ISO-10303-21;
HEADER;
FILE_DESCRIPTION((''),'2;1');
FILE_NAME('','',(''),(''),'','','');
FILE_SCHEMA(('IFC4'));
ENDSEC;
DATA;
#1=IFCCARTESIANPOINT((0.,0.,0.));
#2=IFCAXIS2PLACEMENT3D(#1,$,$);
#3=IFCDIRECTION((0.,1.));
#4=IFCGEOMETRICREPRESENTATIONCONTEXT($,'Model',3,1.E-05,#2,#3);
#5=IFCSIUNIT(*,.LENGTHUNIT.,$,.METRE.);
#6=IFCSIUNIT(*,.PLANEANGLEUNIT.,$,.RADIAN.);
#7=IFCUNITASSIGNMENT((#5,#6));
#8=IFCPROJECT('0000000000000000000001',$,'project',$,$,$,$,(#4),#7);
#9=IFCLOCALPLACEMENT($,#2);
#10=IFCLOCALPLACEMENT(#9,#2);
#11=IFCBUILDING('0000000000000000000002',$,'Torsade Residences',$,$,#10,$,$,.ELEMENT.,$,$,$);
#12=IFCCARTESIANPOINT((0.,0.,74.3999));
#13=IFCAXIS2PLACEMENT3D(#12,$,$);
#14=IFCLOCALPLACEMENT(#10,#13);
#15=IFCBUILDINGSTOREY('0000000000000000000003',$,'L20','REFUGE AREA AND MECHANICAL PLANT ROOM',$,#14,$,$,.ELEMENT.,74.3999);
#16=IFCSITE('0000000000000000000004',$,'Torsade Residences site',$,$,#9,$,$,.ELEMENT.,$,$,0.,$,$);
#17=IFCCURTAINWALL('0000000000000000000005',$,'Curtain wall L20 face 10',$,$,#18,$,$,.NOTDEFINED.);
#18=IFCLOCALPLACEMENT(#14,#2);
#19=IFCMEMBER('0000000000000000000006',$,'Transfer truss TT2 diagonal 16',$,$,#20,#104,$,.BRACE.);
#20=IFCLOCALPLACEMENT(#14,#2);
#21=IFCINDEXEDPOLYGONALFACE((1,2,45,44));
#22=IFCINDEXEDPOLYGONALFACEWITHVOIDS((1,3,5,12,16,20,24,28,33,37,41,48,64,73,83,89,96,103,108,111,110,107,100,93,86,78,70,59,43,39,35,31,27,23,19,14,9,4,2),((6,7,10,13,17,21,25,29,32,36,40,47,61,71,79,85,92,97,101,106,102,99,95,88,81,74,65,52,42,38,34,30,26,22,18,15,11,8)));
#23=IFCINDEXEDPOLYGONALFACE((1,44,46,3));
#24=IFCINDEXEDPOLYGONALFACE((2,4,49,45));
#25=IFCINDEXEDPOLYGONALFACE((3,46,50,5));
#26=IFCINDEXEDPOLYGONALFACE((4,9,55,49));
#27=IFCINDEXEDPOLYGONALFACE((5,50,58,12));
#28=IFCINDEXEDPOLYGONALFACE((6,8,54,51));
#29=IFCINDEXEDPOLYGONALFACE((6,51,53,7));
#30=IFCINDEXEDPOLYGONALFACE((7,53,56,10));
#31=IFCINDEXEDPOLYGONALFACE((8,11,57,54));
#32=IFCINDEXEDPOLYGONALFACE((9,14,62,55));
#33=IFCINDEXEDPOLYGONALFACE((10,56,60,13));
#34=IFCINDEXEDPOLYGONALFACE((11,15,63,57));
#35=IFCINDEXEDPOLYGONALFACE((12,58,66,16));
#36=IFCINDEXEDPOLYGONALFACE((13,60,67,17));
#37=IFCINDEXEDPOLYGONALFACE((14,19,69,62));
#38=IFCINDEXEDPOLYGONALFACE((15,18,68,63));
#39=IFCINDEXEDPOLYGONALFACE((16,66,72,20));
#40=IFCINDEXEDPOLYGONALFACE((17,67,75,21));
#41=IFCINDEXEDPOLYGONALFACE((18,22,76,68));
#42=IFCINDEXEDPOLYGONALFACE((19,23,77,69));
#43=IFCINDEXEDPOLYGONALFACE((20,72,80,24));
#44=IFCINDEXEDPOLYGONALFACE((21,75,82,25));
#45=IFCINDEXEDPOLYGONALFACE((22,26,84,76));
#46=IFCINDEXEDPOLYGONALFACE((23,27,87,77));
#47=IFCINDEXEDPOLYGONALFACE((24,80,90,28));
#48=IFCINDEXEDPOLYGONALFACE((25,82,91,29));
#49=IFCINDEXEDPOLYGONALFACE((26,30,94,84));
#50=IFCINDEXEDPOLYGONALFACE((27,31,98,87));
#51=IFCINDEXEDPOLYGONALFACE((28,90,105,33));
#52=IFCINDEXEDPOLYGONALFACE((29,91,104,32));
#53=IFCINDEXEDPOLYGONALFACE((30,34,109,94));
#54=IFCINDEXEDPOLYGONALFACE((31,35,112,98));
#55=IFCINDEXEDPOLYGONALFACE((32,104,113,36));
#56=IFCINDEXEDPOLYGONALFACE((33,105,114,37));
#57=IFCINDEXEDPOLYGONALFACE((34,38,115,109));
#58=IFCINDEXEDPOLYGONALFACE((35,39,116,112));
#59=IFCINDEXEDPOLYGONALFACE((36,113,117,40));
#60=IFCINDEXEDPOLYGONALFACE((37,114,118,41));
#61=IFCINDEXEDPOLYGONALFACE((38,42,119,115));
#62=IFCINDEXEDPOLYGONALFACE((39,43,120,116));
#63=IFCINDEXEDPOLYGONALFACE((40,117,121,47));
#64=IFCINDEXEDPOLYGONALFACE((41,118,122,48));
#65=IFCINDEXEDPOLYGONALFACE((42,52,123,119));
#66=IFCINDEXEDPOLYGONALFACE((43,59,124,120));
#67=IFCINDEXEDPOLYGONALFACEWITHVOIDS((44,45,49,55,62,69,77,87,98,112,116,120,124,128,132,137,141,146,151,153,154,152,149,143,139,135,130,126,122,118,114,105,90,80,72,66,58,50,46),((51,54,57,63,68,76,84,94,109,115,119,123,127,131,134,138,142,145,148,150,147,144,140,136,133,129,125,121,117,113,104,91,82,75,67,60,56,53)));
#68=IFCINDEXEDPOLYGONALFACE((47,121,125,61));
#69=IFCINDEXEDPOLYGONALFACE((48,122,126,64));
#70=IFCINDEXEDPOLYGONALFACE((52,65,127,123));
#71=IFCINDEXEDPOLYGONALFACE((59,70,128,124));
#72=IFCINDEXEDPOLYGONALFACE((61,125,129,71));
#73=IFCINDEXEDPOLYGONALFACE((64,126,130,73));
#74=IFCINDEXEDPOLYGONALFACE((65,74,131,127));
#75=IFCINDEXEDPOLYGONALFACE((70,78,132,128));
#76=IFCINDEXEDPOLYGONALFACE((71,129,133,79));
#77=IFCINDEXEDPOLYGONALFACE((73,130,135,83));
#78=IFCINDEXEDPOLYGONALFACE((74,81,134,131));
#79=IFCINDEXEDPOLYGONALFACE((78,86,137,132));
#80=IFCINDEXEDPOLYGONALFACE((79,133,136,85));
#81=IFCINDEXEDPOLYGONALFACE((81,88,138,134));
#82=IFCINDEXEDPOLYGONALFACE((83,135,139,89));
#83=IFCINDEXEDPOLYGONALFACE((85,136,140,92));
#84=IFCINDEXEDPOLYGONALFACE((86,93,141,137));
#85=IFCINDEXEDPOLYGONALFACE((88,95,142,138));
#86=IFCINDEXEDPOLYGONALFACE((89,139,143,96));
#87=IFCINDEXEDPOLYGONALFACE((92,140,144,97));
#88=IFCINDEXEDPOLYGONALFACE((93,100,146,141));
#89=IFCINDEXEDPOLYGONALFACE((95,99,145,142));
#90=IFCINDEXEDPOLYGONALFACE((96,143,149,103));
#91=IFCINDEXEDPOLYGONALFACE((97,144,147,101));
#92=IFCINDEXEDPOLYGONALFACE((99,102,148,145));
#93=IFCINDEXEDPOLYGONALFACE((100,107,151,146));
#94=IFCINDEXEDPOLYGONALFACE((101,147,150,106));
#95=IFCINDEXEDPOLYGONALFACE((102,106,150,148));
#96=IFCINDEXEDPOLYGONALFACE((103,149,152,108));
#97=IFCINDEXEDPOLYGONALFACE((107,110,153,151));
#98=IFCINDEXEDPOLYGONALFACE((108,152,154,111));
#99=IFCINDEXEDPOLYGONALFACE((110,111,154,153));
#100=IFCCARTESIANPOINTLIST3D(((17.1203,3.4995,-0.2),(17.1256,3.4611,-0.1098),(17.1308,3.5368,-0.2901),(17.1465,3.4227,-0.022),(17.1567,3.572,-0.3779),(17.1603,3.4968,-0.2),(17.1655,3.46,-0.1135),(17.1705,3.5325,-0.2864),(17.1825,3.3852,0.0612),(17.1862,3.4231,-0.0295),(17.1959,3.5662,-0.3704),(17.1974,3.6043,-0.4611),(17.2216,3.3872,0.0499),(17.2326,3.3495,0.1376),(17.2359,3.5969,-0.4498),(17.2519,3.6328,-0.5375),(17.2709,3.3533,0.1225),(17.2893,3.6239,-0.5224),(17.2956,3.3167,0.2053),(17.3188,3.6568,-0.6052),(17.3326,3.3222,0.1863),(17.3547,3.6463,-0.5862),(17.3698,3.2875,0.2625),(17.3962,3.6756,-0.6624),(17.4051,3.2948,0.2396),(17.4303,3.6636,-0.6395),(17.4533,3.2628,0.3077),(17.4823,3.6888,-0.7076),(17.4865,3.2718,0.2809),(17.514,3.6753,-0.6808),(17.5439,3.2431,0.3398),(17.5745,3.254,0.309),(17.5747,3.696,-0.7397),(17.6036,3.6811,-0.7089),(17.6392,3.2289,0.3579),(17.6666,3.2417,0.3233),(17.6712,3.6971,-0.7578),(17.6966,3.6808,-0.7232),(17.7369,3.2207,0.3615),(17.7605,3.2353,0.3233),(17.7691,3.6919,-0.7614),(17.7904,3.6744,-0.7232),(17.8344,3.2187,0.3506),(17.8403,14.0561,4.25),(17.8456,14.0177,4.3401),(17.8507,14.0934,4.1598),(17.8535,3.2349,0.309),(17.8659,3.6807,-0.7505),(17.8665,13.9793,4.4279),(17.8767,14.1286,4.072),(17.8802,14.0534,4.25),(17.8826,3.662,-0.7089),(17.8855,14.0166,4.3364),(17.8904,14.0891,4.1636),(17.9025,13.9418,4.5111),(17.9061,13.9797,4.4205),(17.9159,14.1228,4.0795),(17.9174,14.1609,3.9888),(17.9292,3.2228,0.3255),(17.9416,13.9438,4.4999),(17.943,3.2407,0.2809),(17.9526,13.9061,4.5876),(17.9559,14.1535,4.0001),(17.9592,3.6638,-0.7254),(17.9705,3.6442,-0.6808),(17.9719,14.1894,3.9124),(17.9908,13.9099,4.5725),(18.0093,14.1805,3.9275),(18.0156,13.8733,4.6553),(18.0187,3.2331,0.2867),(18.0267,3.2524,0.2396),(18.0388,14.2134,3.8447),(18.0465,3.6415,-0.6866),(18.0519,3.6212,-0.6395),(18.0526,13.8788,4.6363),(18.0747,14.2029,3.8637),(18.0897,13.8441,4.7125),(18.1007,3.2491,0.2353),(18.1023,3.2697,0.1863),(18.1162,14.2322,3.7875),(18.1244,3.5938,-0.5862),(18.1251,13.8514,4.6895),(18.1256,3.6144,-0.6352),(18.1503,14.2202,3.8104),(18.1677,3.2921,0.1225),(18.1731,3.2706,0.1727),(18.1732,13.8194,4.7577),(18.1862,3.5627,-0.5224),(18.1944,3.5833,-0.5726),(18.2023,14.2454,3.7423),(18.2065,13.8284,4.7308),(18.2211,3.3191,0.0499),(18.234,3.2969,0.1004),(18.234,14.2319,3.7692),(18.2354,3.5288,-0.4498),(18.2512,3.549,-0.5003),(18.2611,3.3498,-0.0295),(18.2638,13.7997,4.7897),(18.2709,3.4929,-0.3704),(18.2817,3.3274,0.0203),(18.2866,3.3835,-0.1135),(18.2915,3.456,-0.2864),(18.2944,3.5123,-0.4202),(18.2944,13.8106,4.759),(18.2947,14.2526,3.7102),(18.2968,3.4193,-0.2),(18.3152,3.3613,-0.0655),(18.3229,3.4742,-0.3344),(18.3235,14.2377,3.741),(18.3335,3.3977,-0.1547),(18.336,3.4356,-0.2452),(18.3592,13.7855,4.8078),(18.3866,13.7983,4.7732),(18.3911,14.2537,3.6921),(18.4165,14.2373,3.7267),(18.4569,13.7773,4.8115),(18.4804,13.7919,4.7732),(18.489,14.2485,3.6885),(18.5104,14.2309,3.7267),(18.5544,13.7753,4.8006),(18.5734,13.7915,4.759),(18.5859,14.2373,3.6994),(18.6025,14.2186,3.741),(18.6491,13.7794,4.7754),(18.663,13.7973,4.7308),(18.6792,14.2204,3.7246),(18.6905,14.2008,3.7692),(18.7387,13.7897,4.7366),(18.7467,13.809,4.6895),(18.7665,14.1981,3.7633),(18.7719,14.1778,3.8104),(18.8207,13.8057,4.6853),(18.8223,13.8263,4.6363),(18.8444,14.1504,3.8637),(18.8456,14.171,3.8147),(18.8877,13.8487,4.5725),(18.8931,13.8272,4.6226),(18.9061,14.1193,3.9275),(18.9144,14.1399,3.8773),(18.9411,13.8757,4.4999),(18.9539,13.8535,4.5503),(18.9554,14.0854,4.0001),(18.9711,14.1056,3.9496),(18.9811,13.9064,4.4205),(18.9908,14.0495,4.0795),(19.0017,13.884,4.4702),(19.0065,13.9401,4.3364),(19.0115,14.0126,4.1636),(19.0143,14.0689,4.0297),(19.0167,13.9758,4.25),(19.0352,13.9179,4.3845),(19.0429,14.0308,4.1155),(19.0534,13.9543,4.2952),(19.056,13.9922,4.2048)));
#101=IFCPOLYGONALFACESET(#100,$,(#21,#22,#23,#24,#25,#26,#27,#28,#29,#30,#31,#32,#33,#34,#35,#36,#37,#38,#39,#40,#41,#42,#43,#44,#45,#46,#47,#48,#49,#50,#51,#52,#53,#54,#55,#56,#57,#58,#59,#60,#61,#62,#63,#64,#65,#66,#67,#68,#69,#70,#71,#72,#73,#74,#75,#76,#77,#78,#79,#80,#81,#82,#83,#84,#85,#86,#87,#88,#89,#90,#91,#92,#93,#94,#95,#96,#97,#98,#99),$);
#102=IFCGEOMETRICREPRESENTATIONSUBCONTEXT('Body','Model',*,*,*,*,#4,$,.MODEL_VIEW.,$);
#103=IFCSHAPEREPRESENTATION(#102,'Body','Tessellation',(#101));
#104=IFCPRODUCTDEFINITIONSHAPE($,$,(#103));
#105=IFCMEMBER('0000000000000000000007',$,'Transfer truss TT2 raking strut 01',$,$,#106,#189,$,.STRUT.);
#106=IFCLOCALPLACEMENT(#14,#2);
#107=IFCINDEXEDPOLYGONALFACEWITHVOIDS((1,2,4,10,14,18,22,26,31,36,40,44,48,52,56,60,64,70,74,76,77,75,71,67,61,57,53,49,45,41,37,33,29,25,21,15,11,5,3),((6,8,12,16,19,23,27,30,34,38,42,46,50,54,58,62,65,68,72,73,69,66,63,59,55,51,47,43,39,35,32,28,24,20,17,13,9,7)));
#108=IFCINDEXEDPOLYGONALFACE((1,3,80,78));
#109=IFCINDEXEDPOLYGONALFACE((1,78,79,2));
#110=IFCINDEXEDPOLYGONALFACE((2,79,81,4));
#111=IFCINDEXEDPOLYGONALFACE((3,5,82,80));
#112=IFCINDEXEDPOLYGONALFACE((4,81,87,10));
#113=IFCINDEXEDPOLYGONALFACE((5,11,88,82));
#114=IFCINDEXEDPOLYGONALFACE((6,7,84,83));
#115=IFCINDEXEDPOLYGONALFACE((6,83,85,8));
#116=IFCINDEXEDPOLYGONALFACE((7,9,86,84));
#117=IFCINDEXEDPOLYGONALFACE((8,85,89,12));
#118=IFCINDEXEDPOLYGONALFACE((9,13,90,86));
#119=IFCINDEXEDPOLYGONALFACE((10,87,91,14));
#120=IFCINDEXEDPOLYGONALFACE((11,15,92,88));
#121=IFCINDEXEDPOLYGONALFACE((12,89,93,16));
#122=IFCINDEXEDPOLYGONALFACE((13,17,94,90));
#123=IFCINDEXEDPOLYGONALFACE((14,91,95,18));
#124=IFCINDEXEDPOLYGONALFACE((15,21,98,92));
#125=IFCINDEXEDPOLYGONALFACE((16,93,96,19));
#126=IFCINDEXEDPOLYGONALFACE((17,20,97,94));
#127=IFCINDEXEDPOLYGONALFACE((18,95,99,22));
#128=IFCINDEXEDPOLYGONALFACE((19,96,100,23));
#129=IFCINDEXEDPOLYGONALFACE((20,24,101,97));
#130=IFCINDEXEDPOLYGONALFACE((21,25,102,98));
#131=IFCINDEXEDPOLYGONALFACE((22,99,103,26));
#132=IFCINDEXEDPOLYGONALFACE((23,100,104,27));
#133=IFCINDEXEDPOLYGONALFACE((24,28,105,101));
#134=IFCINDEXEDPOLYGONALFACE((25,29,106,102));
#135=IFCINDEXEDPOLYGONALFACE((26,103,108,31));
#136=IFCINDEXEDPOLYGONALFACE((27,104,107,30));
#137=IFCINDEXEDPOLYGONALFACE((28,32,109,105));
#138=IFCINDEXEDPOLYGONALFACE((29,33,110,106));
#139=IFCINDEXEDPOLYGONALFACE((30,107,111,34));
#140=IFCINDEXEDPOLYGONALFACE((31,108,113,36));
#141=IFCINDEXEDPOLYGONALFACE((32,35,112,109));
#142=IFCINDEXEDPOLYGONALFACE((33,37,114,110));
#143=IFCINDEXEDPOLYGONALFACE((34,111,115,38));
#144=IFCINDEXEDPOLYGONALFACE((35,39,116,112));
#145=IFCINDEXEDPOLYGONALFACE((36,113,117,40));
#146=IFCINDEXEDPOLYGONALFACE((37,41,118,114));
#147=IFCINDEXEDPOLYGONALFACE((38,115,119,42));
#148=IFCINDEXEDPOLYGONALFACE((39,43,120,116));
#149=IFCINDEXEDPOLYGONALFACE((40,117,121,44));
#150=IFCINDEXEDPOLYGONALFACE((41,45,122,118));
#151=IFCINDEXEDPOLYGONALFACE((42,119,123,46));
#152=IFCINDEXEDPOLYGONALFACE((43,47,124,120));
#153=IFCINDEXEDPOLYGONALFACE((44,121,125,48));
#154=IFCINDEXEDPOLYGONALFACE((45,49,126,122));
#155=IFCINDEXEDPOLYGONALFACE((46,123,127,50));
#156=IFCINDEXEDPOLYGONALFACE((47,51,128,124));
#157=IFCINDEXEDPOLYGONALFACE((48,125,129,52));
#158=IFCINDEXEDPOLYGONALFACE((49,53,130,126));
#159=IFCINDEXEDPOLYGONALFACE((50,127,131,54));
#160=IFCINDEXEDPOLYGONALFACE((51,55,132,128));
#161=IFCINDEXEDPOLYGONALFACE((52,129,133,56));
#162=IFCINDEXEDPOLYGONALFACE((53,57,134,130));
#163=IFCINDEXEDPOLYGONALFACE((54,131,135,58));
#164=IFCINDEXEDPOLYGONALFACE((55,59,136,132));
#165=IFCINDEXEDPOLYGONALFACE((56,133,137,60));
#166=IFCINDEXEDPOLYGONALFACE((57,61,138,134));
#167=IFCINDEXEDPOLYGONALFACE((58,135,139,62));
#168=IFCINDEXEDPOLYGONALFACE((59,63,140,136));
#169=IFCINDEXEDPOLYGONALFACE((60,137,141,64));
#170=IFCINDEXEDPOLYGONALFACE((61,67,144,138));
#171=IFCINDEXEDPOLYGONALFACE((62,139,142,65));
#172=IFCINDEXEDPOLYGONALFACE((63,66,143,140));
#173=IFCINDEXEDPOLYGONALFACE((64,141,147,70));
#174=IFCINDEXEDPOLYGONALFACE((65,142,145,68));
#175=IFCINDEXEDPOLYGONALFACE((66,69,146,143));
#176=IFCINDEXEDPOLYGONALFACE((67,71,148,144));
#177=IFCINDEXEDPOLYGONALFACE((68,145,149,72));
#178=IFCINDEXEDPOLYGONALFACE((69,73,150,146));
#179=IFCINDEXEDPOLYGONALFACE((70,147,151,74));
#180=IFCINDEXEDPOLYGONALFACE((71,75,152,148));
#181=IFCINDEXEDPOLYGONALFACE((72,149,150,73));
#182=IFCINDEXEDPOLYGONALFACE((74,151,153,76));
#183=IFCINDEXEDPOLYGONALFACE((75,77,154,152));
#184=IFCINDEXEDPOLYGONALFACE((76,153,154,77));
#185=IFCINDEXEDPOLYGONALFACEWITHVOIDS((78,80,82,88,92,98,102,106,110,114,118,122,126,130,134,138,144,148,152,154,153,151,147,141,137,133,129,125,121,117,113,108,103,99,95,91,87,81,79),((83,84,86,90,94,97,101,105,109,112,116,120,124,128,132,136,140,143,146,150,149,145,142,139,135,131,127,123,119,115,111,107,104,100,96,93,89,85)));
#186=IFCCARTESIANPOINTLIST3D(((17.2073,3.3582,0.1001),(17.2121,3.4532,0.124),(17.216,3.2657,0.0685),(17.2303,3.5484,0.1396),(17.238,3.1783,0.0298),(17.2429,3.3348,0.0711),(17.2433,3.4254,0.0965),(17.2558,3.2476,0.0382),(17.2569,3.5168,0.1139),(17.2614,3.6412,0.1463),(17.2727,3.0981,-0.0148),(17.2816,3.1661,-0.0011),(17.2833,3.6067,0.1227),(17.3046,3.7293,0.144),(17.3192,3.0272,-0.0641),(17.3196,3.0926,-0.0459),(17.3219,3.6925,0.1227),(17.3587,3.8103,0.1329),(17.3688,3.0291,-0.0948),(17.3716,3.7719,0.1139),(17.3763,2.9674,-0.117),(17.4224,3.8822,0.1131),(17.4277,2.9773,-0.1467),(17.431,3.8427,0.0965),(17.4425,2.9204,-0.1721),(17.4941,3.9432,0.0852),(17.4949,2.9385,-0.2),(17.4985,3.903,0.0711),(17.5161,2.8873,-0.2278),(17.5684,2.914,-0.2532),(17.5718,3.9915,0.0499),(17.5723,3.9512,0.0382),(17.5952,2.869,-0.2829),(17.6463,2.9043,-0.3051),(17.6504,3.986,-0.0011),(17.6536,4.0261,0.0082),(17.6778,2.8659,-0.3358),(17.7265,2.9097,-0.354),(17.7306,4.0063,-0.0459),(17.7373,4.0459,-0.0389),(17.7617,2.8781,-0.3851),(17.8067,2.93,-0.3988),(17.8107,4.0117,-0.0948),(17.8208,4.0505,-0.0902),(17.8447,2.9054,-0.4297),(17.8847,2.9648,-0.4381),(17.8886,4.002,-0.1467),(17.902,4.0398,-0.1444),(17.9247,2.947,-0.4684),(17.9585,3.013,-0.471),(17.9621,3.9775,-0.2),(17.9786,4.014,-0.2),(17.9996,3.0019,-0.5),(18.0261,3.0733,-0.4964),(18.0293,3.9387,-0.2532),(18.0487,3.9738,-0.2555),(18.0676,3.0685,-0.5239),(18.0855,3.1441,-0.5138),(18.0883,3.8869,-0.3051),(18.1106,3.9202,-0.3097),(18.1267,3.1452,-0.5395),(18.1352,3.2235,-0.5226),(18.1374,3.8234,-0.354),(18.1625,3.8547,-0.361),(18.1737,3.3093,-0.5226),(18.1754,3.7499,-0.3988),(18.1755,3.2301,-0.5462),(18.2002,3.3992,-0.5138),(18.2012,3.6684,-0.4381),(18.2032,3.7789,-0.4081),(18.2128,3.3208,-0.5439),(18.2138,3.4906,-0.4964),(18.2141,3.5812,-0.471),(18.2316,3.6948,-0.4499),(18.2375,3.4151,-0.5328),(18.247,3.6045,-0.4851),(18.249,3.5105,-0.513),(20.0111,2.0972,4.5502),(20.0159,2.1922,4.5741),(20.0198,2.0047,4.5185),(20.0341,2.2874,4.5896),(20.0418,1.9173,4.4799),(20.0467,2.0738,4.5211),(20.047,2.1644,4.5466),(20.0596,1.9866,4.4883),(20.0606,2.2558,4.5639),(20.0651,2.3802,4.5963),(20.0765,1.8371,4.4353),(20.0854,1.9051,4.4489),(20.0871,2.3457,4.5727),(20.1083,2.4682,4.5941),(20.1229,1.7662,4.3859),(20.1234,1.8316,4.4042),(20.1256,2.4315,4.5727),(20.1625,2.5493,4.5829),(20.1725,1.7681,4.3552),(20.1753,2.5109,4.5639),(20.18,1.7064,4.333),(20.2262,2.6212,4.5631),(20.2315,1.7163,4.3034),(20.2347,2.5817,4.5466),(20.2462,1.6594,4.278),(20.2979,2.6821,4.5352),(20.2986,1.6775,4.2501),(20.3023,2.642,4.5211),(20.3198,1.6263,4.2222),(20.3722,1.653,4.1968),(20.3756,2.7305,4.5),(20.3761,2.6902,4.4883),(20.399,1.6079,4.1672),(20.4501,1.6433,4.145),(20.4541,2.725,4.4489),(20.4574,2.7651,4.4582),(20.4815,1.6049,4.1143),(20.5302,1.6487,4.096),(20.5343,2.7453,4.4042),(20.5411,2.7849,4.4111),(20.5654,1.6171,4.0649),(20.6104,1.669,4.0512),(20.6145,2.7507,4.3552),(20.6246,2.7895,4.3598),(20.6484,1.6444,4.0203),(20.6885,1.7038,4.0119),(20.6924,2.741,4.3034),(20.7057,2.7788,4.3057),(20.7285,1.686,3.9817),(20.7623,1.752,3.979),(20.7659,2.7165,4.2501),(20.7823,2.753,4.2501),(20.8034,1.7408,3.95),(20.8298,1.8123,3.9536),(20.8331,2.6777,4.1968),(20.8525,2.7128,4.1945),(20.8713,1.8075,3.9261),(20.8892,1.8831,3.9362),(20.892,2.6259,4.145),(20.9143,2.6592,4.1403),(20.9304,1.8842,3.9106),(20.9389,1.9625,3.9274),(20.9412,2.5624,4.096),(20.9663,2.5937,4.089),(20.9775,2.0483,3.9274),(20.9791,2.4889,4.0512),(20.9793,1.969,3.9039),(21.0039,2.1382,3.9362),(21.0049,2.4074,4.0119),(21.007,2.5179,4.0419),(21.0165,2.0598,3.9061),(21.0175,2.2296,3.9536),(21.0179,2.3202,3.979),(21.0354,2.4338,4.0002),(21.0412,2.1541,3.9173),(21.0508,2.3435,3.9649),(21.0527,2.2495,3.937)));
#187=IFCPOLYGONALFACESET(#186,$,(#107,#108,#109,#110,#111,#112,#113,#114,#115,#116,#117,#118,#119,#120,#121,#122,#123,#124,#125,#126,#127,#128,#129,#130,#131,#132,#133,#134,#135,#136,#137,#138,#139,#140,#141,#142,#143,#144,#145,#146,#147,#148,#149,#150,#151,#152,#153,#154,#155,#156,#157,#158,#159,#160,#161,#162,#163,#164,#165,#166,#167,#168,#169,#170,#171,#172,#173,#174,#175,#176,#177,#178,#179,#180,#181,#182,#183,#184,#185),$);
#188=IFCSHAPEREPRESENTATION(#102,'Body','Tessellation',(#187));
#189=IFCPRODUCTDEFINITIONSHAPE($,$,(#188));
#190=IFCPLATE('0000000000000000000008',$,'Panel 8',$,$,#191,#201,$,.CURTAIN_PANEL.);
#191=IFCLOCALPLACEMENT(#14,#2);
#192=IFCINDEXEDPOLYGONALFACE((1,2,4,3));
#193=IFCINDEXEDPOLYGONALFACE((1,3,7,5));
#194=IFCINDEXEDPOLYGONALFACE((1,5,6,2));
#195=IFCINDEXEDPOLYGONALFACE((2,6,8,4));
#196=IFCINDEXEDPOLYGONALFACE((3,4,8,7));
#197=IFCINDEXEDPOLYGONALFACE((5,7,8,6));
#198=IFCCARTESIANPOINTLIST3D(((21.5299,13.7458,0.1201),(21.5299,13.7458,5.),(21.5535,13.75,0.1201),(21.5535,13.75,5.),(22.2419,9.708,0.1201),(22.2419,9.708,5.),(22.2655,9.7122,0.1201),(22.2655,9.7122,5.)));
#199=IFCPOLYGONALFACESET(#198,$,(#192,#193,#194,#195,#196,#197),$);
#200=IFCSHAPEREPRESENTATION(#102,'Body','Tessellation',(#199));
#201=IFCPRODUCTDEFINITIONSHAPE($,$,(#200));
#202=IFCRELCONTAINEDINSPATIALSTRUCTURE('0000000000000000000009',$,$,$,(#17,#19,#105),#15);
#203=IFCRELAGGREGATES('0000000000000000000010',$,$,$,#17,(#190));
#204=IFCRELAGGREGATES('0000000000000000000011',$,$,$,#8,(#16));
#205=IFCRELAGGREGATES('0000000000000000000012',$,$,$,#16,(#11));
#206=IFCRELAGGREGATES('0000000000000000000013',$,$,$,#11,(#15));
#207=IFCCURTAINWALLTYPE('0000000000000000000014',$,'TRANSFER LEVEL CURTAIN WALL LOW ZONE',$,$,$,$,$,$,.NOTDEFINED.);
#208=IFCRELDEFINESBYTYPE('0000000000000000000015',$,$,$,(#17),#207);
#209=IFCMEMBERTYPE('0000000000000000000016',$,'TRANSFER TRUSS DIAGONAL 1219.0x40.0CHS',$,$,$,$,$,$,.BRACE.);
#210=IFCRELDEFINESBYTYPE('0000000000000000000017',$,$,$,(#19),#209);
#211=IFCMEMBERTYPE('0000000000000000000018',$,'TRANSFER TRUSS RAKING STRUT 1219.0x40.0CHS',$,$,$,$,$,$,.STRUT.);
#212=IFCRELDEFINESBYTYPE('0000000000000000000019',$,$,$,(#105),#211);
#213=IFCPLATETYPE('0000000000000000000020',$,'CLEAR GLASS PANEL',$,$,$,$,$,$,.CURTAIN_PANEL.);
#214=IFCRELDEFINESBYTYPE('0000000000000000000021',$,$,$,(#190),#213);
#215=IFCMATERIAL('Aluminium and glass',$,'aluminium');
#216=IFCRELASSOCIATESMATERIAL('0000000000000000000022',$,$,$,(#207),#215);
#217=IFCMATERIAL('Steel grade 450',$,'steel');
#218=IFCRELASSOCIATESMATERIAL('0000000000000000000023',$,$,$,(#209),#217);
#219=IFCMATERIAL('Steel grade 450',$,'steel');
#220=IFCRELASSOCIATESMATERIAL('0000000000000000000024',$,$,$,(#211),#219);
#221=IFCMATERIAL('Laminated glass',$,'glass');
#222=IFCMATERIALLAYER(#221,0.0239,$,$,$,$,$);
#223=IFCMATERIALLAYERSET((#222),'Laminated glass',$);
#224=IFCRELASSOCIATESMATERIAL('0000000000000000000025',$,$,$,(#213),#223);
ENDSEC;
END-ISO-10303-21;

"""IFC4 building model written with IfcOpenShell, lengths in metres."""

from ifc_helpers import new_model, si_unit, direction, frame, origin, origin_2d, place, context, subcontext, project, spatial, rectangle, hollow_circle, extrude, material, layer, layer_set, material_profile, profile_set, type_object, element, aggregate, save


model = new_model("IFC4")

# Units and contexts
model_context = context("Model", 3, precision=1e-05, world=origin(), true_north=direction((0.0, 1.0)))
body_context = subcontext(model_context, "Body", "Model", "MODEL_VIEW")
ifc_project = project(units=[si_unit("LENGTHUNIT", "METRE"), si_unit("PLANEANGLEUNIT", "RADIAN")], contexts=[model_context])

# Site, building, storey
site_placement = place(None, origin())
site = spatial("IfcSite", under=ifc_project, at=site_placement, Name="Torsade Residences site", CompositionType="ELEMENT", RefElevation=0.0)
building_placement = place(site_placement, origin())
building = spatial("IfcBuilding", under=site, at=building_placement, Name="Torsade Residences", CompositionType="ELEMENT")
storey_placement = place(building_placement, frame((0.0, 0.0, 74.3999)))
storey = spatial("IfcBuildingStorey", under=building, at=storey_placement, Name="L20", Description="REFUGE AREA AND MECHANICAL PLANT ROOM", CompositionType="ELEMENT", Elevation=74.3999)

# Curtain wall
ifc_material_1 = material(Name="Aluminium and glass", Category="aluminium")
curtain_wall_type = type_object("IfcCurtainWallType", Name="TRANSFER LEVEL CURTAIN WALL LOW ZONE", PredefinedType="NOTDEFINED", material=ifc_material_1)
curtain_wall_1_placement = place(storey_placement, origin())
curtain_wall_1 = element("IfcCurtainWall", 1, at=curtain_wall_1_placement, inside=storey, type_object=curtain_wall_type, Name="Curtain wall L20 face 10", PredefinedType="NOTDEFINED")

# Members
ifc_material_2 = material(Name="Steel grade 450", Category="steel")
ifc_material_profile_1 = material_profile(ifc_material_2, hollow_circle(Radius=0.6096, WallThickness=0.04, at=origin_2d()), Name="1219.0x40.0CHS")
ifc_profile_set_1 = profile_set([ifc_material_profile_1], Name="Steel grade 450")
member_type_1 = type_object("IfcMemberType", Name="TRANSFER TRUSS DIAGONAL 1219.0x40.0CHS", PredefinedType="BRACE", material=ifc_profile_set_1)
member_1_placement = place(storey_placement, frame((17.7285, 3.458, -0.2), z_axis=(0.062722, 0.919663, 0.387667), x_axis=(-0.997682, 0.068043, 0.0)))
element("IfcMember", 2, at=member_1_placement, inside=storey, type_object=member_type_1, Name="Transfer truss TT2 diagonal 16", PredefinedType="BRACE", context=body_context, shape_type="SweptSolid", body=[
    extrude(hollow_circle(Radius=0.6096, WallThickness=0.04, at=origin_2d()), origin(), (0.0, 0.0, 1.0), 11.4788),
])
ifc_material_3 = material(Name="Steel grade 450", Category="steel")
ifc_material_profile_2 = material_profile(ifc_material_3, hollow_circle(Radius=0.6096, WallThickness=0.04, at=origin_2d()), Name="1219.0x40.0CHS")
ifc_profile_set_2 = profile_set([ifc_material_profile_2], Name="Steel grade 450")
member_type_2 = type_object("IfcMemberType", Name="TRANSFER TRUSS RAKING STRUT 1219.0x40.0CHS", PredefinedType="STRUT", material=ifc_profile_set_2)
member_2_placement = place(storey_placement, frame((17.7285, 3.458, -0.2), z_axis=(0.51838, -0.233145, 0.822755), x_axis=(0.41018, 0.912005, 0.0)))
element("IfcMember", 3, at=member_2_placement, inside=storey, type_object=member_type_2, Name="Transfer truss TT2 raking strut 01", PredefinedType="STRUT", context=body_context, shape_type="SweptSolid", body=[
    extrude(hollow_circle(Radius=0.6096, WallThickness=0.04, at=origin_2d()), origin(), (0.0, 0.0, 1.0), 5.4087),
])

# Plate
ifc_material_4 = material(Name="Laminated glass", Category="glass")
ifc_layer_1 = layer(ifc_material_4, 0.0239)
ifc_layer_set_1 = layer_set([ifc_layer_1], Name="Laminated glass")
plate_type = type_object("IfcPlateType", Name="CLEAR GLASS PANEL", PredefinedType="CURTAIN_PANEL", material=ifc_layer_set_1)
plate_1_placement = place(storey_placement, frame((21.8977, 11.729, 0.1201), z_axis=(0.0, 0.0, 1.0), x_axis=(0.173648, -0.984808, 0.0)))
plate_1 = element("IfcPlate", 4, at=plate_1_placement, type_object=plate_type, Name="Panel 8", PredefinedType="CURTAIN_PANEL", context=body_context, shape_type="SweptSolid", body=[
    extrude(rectangle(XDim=4.1001, YDim=0.0239, at=origin_2d()), origin(), (0.0, 0.0, 1.0), 4.8799),
])
aggregate(curtain_wall_1, [plate_1])

save(model, "model.ifc")
